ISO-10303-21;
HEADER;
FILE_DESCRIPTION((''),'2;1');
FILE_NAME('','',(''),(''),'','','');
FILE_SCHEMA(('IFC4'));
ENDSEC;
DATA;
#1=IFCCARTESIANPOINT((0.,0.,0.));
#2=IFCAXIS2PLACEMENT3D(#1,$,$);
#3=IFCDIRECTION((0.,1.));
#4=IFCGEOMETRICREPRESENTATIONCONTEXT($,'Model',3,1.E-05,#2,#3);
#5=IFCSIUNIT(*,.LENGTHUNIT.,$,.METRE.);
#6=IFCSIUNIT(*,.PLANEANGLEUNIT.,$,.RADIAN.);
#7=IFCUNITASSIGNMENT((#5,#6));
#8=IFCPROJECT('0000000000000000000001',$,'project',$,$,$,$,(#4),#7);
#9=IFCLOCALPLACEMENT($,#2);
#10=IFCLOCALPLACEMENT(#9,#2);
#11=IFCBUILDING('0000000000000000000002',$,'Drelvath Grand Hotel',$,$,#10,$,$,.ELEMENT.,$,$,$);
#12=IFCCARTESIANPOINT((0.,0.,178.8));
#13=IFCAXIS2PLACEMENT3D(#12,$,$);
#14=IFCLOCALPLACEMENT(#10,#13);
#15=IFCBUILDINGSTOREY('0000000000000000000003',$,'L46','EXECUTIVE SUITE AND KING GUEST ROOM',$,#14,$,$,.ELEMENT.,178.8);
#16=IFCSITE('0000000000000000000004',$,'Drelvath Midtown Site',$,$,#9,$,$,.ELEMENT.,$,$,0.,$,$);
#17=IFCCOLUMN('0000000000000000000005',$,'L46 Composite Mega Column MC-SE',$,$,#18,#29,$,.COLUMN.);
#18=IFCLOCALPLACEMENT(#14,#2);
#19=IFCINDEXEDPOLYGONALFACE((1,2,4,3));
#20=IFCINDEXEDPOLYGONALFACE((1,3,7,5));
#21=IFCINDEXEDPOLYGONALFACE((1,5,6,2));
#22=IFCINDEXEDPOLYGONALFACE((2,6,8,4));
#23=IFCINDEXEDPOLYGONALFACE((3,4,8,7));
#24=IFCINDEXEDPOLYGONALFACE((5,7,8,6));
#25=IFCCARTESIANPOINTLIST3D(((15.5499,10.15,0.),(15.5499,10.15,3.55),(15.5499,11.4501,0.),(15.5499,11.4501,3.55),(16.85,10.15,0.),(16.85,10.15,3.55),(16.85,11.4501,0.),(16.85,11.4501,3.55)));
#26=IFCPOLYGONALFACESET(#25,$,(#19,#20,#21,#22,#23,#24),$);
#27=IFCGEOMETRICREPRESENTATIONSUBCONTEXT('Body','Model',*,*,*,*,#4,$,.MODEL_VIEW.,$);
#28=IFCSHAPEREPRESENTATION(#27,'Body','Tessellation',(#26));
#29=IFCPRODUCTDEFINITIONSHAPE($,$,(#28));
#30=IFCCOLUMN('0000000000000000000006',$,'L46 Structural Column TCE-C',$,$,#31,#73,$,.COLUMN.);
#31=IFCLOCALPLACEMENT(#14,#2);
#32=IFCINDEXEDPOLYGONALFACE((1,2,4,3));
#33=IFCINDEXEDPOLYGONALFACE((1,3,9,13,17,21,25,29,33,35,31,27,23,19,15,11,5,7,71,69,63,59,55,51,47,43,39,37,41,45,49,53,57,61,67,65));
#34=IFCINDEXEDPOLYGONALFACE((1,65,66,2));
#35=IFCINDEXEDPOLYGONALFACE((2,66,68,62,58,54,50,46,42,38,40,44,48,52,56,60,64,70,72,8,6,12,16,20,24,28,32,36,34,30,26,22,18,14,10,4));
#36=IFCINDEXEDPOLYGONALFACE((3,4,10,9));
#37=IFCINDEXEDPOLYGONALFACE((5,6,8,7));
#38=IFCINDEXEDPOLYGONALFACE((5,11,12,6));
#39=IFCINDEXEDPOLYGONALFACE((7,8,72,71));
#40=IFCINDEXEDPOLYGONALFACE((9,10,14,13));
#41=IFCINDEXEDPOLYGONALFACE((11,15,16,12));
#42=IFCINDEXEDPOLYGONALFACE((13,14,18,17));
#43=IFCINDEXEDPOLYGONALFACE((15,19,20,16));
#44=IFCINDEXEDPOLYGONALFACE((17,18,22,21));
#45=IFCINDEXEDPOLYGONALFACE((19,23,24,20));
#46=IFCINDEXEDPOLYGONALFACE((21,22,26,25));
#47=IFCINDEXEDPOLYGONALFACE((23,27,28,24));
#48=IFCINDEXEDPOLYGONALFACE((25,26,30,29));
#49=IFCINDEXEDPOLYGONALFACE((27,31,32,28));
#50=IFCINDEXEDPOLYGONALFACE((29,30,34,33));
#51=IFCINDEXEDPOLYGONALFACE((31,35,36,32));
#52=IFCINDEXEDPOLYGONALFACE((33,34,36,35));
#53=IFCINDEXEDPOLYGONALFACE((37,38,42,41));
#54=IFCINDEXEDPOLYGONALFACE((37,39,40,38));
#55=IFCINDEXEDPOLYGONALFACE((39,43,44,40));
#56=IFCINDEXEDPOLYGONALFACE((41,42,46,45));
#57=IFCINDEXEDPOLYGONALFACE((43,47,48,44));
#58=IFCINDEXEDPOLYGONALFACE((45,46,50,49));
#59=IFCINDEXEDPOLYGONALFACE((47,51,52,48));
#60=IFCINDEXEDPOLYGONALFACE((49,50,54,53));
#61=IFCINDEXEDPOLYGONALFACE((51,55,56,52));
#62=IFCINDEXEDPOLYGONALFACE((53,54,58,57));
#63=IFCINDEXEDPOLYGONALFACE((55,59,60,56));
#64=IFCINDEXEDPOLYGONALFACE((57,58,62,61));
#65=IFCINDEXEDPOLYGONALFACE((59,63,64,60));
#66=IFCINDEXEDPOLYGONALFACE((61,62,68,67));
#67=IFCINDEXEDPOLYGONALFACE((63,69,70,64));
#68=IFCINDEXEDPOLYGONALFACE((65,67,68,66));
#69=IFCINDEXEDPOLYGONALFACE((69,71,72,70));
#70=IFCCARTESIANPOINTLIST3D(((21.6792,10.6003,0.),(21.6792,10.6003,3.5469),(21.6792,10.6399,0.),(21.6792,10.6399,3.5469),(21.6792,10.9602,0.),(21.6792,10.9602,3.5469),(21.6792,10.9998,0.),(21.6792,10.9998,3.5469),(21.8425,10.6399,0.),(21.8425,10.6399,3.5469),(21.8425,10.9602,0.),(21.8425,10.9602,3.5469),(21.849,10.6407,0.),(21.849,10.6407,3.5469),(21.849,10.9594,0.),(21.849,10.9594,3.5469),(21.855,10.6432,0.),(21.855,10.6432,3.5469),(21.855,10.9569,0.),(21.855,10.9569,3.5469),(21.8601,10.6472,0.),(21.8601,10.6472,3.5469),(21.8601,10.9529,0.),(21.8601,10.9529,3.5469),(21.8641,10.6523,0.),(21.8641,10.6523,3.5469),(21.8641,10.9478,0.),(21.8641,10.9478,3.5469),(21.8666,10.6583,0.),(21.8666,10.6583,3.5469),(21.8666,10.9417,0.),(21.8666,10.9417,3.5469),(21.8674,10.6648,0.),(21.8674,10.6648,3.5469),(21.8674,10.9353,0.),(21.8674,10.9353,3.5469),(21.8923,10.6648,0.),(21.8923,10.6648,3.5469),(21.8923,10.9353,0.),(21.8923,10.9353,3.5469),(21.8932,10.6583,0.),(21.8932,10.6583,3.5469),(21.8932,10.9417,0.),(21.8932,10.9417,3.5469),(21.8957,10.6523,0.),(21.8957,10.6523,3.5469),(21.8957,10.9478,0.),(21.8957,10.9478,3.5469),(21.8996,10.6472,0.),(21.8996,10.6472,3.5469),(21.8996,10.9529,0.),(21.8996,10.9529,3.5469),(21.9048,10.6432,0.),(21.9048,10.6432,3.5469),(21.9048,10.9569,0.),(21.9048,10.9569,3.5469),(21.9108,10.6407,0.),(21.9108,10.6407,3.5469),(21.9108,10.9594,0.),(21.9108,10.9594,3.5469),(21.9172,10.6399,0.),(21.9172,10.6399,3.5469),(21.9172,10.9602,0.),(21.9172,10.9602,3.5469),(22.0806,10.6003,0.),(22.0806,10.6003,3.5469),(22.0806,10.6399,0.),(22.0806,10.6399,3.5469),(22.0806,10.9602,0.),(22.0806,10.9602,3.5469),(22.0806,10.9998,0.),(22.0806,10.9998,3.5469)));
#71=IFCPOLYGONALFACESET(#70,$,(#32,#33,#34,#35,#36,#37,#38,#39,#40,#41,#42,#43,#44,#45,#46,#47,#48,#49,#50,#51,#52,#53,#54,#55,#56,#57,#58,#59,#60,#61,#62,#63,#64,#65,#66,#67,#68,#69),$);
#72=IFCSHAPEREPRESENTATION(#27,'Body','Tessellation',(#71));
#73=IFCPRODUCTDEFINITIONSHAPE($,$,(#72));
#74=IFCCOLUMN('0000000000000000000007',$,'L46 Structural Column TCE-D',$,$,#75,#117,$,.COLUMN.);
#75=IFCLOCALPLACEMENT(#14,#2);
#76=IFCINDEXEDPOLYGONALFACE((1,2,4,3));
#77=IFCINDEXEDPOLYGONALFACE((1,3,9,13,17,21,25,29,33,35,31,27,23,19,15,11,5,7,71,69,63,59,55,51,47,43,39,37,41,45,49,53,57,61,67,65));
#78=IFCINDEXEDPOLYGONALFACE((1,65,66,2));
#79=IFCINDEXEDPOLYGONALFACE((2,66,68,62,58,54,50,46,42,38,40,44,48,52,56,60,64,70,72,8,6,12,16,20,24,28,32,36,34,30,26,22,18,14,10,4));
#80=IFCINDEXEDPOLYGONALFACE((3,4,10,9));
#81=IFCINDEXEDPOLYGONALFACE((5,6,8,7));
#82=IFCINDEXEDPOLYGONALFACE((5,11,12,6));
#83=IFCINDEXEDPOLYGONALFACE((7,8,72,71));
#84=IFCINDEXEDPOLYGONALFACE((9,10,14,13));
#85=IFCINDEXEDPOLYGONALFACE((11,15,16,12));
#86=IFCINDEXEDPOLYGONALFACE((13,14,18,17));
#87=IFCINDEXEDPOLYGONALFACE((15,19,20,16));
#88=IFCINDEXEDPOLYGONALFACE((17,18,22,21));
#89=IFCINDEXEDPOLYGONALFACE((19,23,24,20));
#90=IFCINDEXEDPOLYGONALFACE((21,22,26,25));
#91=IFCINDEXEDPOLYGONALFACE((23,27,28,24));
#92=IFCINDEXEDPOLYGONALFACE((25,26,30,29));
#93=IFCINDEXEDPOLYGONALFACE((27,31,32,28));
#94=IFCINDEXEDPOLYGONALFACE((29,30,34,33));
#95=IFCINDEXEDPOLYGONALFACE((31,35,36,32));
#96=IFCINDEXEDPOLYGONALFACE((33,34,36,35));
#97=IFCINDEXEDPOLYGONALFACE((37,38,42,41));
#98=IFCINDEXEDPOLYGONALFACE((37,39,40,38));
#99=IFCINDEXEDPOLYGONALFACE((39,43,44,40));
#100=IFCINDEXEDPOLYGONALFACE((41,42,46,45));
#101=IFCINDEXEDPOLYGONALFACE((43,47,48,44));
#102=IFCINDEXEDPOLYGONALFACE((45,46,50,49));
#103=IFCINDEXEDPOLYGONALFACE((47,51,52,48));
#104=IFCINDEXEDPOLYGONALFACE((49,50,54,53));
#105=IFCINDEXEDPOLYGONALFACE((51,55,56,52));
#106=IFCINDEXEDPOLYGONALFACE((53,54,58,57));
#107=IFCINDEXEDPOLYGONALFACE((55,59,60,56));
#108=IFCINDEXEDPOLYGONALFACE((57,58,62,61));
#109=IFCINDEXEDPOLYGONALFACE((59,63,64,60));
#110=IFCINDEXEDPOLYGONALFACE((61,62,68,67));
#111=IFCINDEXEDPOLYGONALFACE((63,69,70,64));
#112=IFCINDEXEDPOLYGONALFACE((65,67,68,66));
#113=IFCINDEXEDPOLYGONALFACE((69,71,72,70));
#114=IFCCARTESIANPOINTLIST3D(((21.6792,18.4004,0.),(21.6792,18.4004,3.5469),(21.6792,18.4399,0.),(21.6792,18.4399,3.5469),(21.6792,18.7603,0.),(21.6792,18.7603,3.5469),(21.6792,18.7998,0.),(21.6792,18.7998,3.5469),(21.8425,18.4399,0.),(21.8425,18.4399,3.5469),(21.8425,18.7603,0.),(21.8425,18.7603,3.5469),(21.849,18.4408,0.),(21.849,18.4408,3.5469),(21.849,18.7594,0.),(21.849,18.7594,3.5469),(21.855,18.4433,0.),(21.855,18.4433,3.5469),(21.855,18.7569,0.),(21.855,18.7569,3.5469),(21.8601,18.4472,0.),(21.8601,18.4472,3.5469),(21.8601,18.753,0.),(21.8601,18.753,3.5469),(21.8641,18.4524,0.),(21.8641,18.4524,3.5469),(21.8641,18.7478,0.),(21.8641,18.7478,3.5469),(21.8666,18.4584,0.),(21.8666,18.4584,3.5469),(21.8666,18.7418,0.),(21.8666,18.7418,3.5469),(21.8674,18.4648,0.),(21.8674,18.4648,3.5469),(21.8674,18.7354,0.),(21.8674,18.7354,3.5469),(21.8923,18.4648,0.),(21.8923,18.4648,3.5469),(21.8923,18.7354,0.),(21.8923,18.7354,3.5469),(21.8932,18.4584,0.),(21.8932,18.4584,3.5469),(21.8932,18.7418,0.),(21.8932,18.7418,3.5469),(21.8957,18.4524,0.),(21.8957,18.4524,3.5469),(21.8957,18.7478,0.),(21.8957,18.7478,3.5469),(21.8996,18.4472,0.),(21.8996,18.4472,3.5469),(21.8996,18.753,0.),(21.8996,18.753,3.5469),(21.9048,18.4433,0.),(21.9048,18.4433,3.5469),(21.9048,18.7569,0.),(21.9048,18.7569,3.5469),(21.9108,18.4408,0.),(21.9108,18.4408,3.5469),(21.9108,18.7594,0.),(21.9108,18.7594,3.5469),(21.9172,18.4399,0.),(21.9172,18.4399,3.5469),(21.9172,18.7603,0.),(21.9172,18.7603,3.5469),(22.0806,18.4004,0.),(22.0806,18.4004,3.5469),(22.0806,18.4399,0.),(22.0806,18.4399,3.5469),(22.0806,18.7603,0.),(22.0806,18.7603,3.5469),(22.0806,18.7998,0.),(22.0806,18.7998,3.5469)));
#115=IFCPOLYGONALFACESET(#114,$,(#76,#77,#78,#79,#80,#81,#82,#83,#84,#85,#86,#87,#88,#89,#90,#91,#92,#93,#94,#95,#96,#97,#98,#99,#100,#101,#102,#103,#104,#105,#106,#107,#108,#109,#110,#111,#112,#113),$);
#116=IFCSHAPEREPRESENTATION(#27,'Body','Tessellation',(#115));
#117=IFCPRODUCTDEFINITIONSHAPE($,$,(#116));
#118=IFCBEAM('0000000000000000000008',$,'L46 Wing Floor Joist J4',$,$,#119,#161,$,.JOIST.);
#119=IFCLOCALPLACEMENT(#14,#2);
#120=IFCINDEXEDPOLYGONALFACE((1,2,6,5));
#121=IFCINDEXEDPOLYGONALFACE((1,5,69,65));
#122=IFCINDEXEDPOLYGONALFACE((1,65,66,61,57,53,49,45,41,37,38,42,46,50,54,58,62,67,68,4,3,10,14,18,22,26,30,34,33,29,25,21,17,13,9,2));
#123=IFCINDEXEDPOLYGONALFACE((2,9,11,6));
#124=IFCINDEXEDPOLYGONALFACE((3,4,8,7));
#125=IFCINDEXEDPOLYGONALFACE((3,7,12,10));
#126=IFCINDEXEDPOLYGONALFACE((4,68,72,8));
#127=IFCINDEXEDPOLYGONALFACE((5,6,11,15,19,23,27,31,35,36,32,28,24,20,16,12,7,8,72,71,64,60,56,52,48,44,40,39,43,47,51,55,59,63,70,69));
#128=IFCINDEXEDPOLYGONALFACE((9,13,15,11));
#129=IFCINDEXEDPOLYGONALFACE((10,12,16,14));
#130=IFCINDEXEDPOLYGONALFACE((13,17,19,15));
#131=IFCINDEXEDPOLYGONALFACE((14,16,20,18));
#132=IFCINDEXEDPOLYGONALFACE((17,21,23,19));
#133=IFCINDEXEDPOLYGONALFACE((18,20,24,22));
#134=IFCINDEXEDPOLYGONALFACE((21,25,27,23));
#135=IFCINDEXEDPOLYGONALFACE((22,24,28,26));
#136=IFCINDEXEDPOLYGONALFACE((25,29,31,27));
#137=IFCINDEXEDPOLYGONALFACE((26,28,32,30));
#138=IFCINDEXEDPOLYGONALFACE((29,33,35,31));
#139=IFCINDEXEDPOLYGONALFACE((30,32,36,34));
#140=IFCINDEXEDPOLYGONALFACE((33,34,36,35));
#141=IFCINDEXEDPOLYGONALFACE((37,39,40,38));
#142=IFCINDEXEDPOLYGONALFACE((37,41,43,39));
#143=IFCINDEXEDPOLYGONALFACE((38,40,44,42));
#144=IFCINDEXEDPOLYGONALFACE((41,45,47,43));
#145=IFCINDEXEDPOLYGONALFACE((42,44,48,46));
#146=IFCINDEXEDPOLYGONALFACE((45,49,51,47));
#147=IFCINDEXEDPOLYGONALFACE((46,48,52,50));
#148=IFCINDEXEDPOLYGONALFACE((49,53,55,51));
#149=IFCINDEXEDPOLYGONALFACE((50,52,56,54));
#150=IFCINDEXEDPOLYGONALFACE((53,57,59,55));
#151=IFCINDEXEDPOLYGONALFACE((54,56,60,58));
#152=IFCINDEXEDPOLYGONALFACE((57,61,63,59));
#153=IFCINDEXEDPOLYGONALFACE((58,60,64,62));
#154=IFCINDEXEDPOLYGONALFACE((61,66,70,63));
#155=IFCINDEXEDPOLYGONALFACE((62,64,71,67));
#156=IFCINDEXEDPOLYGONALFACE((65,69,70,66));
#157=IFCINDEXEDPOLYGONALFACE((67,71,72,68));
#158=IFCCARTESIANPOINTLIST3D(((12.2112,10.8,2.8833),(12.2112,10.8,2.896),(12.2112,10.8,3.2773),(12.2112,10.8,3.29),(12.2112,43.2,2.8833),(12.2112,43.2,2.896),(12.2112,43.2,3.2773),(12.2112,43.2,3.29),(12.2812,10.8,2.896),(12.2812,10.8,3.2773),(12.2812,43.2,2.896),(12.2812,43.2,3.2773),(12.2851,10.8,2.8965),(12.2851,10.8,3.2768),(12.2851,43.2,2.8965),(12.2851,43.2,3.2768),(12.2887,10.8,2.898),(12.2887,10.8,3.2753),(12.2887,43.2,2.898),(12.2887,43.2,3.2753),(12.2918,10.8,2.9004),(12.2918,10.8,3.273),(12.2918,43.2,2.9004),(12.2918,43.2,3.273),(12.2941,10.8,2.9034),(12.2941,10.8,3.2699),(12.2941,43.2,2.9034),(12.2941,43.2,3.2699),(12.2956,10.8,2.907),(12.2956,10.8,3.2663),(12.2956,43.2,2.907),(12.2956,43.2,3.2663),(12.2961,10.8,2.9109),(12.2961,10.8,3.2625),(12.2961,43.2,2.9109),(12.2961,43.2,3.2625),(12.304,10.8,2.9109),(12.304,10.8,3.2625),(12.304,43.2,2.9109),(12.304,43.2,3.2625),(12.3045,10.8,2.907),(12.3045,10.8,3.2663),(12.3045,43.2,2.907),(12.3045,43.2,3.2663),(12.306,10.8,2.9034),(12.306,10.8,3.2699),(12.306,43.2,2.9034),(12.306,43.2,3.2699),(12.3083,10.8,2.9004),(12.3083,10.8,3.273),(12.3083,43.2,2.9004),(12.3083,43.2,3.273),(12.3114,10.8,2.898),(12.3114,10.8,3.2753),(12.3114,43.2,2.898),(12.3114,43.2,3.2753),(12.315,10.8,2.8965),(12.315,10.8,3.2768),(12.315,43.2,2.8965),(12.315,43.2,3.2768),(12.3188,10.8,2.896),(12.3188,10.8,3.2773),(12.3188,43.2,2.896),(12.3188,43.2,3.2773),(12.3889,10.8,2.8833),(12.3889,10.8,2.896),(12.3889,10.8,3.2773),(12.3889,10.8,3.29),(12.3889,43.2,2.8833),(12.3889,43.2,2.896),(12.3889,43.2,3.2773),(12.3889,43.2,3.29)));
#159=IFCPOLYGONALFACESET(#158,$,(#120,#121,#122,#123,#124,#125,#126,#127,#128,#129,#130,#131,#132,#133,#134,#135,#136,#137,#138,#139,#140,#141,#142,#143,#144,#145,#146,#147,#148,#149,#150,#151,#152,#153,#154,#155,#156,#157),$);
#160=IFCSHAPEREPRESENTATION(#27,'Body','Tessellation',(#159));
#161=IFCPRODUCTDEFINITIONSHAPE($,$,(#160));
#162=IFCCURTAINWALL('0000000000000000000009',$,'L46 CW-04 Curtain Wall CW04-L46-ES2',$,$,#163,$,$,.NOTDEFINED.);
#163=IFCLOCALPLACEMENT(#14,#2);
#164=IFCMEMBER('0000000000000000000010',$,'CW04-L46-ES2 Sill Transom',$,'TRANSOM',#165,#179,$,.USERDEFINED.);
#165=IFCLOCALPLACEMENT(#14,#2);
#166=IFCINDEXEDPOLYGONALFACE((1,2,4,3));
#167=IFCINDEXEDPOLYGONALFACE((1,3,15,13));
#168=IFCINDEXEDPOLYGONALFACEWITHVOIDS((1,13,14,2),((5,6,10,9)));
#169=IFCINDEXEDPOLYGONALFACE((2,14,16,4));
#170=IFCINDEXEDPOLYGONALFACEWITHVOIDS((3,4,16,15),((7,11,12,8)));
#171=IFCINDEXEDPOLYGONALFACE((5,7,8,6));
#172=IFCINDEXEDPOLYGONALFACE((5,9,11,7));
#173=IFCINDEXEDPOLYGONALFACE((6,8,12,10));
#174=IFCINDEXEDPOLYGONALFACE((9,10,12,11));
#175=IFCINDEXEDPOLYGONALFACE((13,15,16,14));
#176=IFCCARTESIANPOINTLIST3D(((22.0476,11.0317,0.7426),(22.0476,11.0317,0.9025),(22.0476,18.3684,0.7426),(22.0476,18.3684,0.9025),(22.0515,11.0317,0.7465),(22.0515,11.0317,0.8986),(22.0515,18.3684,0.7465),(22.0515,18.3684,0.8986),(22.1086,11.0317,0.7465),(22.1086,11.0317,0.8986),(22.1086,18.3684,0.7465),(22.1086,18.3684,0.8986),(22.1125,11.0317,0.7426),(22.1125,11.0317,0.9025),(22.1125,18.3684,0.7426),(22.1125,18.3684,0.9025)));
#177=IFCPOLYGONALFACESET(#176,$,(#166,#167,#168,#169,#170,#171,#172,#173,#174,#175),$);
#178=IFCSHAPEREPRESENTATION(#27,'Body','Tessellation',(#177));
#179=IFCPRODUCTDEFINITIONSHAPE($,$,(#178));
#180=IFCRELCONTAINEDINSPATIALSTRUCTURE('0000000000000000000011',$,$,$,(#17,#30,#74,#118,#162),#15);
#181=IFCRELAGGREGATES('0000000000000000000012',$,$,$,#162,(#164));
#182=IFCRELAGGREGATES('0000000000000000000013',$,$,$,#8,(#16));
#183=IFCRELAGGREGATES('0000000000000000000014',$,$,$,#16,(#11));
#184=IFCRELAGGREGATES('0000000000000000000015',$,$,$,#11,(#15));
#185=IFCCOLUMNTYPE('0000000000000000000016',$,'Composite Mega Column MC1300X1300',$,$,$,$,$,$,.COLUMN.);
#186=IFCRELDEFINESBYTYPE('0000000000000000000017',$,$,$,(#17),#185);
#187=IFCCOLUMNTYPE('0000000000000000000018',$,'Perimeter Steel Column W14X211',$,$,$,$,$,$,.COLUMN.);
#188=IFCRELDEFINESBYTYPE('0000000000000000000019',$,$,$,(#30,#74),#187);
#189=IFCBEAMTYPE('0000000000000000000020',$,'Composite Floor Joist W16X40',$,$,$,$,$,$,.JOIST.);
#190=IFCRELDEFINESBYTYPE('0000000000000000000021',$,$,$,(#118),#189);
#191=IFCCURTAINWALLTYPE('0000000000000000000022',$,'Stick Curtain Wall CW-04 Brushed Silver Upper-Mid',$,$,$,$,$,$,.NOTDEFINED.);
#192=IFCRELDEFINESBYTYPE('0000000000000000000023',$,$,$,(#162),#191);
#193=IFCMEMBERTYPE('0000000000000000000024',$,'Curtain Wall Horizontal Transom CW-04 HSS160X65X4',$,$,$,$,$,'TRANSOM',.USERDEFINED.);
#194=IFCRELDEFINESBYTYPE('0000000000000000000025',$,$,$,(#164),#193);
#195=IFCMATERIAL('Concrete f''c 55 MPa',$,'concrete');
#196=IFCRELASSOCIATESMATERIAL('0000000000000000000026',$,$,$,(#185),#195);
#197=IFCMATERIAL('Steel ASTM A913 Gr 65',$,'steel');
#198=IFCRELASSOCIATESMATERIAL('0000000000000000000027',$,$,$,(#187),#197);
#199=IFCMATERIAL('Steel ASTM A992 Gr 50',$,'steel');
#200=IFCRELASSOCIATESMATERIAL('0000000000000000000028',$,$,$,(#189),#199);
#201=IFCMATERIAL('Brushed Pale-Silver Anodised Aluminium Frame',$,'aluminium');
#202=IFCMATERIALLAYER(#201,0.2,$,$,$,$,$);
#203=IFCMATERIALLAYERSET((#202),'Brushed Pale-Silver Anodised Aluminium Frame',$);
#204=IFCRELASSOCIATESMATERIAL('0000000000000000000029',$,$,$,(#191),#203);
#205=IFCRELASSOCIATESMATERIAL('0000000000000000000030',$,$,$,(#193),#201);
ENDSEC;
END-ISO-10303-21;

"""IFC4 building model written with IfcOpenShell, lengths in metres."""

from ifc_helpers import new_model, si_unit, direction, frame, origin, origin_2d, place, context, subcontext, project, spatial, rectangle, hollow_rectangle, i_section, extrude, material, layer, layer_set, material_profile, profile_set, type_object, element, aggregate, save


model = new_model("IFC4")

# Units and contexts
model_context = context("Model", 3, precision=1e-05, world=origin(), true_north=direction((0.0, 1.0)))
body_context = subcontext(model_context, "Body", "Model", "MODEL_VIEW")
ifc_project = project(units=[si_unit("LENGTHUNIT", "METRE"), si_unit("PLANEANGLEUNIT", "RADIAN")], contexts=[model_context])

# Site, building, storey
site_placement = place(None, origin())
site = spatial("IfcSite", under=ifc_project, at=site_placement, Name="Drelvath Midtown Site", CompositionType="ELEMENT", RefElevation=0.0)
building_placement = place(site_placement, origin())
building = spatial("IfcBuilding", under=site, at=building_placement, Name="Drelvath Grand Hotel", CompositionType="ELEMENT")
storey_placement = place(building_placement, frame((0.0, 0.0, 178.8)))
storey = spatial("IfcBuildingStorey", under=building, at=storey_placement, Name="L46", Description="EXECUTIVE SUITE AND KING GUEST ROOM", CompositionType="ELEMENT", Elevation=178.8)

# Columns
ifc_material_1 = material(Name="Concrete f'c 55 MPa", Category="concrete")
ifc_material_profile_1 = material_profile(ifc_material_1, rectangle(XDim=1.3, YDim=1.3, at=origin_2d()), Name="MC1300X1300")
ifc_profile_set_1 = profile_set([ifc_material_profile_1], Name="Concrete f'c 55 MPa")
column_type_1 = type_object("IfcColumnType", Name="Composite Mega Column MC1300X1300", PredefinedType="COLUMN", material=ifc_profile_set_1)
column_placement = place(storey_placement, frame((16.2, 10.8, 0.0), z_axis=(0.0, 0.0, 1.0), x_axis=(1.0, 0.0, 0.0)))
element("IfcColumn", 1, at=column_placement, inside=storey, type_object=column_type_1, Name="L46 Composite Mega Column MC-SE", PredefinedType="COLUMN", context=body_context, shape_type="SweptSolid", body=[
    extrude(rectangle(XDim=1.3, YDim=1.3, at=origin_2d()), origin(), (0.0, 0.0, 1.0), 3.55),
])
ifc_material_2 = material(Name="Steel ASTM A913 Gr 65", Category="steel")
ifc_material_profile_2 = material_profile(ifc_material_2, i_section(OverallWidth=0.4014, OverallDepth=0.3994, WebThickness=0.0249, FlangeThickness=0.0396, FilletRadius=0.0249, at=origin_2d()), Name="W14X211")
ifc_profile_set_2 = profile_set([ifc_material_profile_2], Name="Steel ASTM A913 Gr 65")
column_type_2 = type_object("IfcColumnType", Name="Perimeter Steel Column W14X211", PredefinedType="COLUMN", material=ifc_profile_set_2)
for number, where, z_axis, x_axis, name in (
    (2, (21.8799, 10.8, 0.0), (0.0, 0.0, 1.0), (1.0, 0.0, 0.0), "L46 Structural Column TCE-C"),
    (3, (21.8799, 18.6001, 0.0), (0.0, 0.0, 1.0), (1.0, 0.0, 0.0), "L46 Structural Column TCE-D"),
):
    element("IfcColumn", number, at=place(storey_placement, frame(where, z_axis=z_axis, x_axis=x_axis)), inside=storey, type_object=column_type_2, Name=name, PredefinedType="COLUMN", context=body_context, shape_type="SweptSolid", body=[
        extrude(i_section(OverallWidth=0.4014, OverallDepth=0.3994, WebThickness=0.0249, FlangeThickness=0.0396, FilletRadius=0.0249, at=origin_2d()), origin(), (0.0, 0.0, 1.0), 3.5469),
    ])

# Beam
ifc_material_3 = material(Name="Steel ASTM A992 Gr 50", Category="steel")
ifc_material_profile_3 = material_profile(ifc_material_3, i_section(OverallWidth=0.1777, OverallDepth=0.4067, WebThickness=0.0078, FlangeThickness=0.0127, FilletRadius=0.0149, at=origin_2d()), Name="W16X40")
ifc_profile_set_3 = profile_set([ifc_material_profile_3], Name="Steel ASTM A992 Gr 50")
beam_type_1 = type_object("IfcBeamType", Name="Composite Floor Joist W16X40", PredefinedType="JOIST", material=ifc_profile_set_3)
beam_1_placement = place(storey_placement, frame((12.3, 10.8, 3.0867), z_axis=(0.0, 1.0, 0.0), x_axis=(-1.0, 0.0, 0.0)))
element("IfcBeam", 4, at=beam_1_placement, inside=storey, type_object=beam_type_1, Name="L46 Wing Floor Joist J4", PredefinedType="JOIST", context=body_context, shape_type="SweptSolid", body=[
    extrude(i_section(OverallWidth=0.1777, OverallDepth=0.4067, WebThickness=0.0078, FlangeThickness=0.0127, FilletRadius=0.0149, at=origin_2d()), origin(), (0.0, 0.0, 1.0), 32.3999),
])

# Curtain wall, member
ifc_material_4 = material(Name="Brushed Pale-Silver Anodised Aluminium Frame", Category="aluminium")
ifc_layer_1 = layer(ifc_material_4, 0.2)
ifc_layer_set_1 = layer_set([ifc_layer_1], Name="Brushed Pale-Silver Anodised Aluminium Frame")
curtain_wall_type = type_object("IfcCurtainWallType", Name="Stick Curtain Wall CW-04 Brushed Silver Upper-Mid", PredefinedType="NOTDEFINED", material=ifc_layer_set_1)
curtain_wall_1_placement = place(storey_placement, origin())
curtain_wall_1 = element("IfcCurtainWall", 5, at=curtain_wall_1_placement, inside=storey, type_object=curtain_wall_type, Name="L46 CW-04 Curtain Wall CW04-L46-ES2", PredefinedType="NOTDEFINED")
ifc_material_profile_4 = material_profile(ifc_material_4, hollow_rectangle(XDim=0.0649, YDim=0.1599, WallThickness=0.0039, at=origin_2d()), Name="HSS160X65X4")
ifc_profile_set_4 = profile_set([ifc_material_profile_4], Name="Brushed Pale-Silver Anodised Aluminium Frame")
member_type_1 = type_object("IfcMemberType", Name="Curtain Wall Horizontal Transom CW-04 HSS160X65X4", ElementType="TRANSOM", PredefinedType="USERDEFINED", material=ifc_profile_set_4)
member_1_placement = place(storey_placement, frame((22.0801, 18.3684, 0.8225), z_axis=(0.0, -1.0, 0.0), x_axis=(1.0, 0.0, 0.0)))
member_1 = element("IfcMember", 6, at=member_1_placement, type_object=member_type_1, Name="CW04-L46-ES2 Sill Transom", ObjectType="TRANSOM", PredefinedType="USERDEFINED", context=body_context, shape_type="SweptSolid", body=[
    extrude(hollow_rectangle(XDim=0.0649, YDim=0.1599, WallThickness=0.0039, at=origin_2d()), origin(), (0.0, 0.0, 1.0), 7.3367),
])

aggregate(curtain_wall_1, [member_1])

save(model, "model.ifc")
